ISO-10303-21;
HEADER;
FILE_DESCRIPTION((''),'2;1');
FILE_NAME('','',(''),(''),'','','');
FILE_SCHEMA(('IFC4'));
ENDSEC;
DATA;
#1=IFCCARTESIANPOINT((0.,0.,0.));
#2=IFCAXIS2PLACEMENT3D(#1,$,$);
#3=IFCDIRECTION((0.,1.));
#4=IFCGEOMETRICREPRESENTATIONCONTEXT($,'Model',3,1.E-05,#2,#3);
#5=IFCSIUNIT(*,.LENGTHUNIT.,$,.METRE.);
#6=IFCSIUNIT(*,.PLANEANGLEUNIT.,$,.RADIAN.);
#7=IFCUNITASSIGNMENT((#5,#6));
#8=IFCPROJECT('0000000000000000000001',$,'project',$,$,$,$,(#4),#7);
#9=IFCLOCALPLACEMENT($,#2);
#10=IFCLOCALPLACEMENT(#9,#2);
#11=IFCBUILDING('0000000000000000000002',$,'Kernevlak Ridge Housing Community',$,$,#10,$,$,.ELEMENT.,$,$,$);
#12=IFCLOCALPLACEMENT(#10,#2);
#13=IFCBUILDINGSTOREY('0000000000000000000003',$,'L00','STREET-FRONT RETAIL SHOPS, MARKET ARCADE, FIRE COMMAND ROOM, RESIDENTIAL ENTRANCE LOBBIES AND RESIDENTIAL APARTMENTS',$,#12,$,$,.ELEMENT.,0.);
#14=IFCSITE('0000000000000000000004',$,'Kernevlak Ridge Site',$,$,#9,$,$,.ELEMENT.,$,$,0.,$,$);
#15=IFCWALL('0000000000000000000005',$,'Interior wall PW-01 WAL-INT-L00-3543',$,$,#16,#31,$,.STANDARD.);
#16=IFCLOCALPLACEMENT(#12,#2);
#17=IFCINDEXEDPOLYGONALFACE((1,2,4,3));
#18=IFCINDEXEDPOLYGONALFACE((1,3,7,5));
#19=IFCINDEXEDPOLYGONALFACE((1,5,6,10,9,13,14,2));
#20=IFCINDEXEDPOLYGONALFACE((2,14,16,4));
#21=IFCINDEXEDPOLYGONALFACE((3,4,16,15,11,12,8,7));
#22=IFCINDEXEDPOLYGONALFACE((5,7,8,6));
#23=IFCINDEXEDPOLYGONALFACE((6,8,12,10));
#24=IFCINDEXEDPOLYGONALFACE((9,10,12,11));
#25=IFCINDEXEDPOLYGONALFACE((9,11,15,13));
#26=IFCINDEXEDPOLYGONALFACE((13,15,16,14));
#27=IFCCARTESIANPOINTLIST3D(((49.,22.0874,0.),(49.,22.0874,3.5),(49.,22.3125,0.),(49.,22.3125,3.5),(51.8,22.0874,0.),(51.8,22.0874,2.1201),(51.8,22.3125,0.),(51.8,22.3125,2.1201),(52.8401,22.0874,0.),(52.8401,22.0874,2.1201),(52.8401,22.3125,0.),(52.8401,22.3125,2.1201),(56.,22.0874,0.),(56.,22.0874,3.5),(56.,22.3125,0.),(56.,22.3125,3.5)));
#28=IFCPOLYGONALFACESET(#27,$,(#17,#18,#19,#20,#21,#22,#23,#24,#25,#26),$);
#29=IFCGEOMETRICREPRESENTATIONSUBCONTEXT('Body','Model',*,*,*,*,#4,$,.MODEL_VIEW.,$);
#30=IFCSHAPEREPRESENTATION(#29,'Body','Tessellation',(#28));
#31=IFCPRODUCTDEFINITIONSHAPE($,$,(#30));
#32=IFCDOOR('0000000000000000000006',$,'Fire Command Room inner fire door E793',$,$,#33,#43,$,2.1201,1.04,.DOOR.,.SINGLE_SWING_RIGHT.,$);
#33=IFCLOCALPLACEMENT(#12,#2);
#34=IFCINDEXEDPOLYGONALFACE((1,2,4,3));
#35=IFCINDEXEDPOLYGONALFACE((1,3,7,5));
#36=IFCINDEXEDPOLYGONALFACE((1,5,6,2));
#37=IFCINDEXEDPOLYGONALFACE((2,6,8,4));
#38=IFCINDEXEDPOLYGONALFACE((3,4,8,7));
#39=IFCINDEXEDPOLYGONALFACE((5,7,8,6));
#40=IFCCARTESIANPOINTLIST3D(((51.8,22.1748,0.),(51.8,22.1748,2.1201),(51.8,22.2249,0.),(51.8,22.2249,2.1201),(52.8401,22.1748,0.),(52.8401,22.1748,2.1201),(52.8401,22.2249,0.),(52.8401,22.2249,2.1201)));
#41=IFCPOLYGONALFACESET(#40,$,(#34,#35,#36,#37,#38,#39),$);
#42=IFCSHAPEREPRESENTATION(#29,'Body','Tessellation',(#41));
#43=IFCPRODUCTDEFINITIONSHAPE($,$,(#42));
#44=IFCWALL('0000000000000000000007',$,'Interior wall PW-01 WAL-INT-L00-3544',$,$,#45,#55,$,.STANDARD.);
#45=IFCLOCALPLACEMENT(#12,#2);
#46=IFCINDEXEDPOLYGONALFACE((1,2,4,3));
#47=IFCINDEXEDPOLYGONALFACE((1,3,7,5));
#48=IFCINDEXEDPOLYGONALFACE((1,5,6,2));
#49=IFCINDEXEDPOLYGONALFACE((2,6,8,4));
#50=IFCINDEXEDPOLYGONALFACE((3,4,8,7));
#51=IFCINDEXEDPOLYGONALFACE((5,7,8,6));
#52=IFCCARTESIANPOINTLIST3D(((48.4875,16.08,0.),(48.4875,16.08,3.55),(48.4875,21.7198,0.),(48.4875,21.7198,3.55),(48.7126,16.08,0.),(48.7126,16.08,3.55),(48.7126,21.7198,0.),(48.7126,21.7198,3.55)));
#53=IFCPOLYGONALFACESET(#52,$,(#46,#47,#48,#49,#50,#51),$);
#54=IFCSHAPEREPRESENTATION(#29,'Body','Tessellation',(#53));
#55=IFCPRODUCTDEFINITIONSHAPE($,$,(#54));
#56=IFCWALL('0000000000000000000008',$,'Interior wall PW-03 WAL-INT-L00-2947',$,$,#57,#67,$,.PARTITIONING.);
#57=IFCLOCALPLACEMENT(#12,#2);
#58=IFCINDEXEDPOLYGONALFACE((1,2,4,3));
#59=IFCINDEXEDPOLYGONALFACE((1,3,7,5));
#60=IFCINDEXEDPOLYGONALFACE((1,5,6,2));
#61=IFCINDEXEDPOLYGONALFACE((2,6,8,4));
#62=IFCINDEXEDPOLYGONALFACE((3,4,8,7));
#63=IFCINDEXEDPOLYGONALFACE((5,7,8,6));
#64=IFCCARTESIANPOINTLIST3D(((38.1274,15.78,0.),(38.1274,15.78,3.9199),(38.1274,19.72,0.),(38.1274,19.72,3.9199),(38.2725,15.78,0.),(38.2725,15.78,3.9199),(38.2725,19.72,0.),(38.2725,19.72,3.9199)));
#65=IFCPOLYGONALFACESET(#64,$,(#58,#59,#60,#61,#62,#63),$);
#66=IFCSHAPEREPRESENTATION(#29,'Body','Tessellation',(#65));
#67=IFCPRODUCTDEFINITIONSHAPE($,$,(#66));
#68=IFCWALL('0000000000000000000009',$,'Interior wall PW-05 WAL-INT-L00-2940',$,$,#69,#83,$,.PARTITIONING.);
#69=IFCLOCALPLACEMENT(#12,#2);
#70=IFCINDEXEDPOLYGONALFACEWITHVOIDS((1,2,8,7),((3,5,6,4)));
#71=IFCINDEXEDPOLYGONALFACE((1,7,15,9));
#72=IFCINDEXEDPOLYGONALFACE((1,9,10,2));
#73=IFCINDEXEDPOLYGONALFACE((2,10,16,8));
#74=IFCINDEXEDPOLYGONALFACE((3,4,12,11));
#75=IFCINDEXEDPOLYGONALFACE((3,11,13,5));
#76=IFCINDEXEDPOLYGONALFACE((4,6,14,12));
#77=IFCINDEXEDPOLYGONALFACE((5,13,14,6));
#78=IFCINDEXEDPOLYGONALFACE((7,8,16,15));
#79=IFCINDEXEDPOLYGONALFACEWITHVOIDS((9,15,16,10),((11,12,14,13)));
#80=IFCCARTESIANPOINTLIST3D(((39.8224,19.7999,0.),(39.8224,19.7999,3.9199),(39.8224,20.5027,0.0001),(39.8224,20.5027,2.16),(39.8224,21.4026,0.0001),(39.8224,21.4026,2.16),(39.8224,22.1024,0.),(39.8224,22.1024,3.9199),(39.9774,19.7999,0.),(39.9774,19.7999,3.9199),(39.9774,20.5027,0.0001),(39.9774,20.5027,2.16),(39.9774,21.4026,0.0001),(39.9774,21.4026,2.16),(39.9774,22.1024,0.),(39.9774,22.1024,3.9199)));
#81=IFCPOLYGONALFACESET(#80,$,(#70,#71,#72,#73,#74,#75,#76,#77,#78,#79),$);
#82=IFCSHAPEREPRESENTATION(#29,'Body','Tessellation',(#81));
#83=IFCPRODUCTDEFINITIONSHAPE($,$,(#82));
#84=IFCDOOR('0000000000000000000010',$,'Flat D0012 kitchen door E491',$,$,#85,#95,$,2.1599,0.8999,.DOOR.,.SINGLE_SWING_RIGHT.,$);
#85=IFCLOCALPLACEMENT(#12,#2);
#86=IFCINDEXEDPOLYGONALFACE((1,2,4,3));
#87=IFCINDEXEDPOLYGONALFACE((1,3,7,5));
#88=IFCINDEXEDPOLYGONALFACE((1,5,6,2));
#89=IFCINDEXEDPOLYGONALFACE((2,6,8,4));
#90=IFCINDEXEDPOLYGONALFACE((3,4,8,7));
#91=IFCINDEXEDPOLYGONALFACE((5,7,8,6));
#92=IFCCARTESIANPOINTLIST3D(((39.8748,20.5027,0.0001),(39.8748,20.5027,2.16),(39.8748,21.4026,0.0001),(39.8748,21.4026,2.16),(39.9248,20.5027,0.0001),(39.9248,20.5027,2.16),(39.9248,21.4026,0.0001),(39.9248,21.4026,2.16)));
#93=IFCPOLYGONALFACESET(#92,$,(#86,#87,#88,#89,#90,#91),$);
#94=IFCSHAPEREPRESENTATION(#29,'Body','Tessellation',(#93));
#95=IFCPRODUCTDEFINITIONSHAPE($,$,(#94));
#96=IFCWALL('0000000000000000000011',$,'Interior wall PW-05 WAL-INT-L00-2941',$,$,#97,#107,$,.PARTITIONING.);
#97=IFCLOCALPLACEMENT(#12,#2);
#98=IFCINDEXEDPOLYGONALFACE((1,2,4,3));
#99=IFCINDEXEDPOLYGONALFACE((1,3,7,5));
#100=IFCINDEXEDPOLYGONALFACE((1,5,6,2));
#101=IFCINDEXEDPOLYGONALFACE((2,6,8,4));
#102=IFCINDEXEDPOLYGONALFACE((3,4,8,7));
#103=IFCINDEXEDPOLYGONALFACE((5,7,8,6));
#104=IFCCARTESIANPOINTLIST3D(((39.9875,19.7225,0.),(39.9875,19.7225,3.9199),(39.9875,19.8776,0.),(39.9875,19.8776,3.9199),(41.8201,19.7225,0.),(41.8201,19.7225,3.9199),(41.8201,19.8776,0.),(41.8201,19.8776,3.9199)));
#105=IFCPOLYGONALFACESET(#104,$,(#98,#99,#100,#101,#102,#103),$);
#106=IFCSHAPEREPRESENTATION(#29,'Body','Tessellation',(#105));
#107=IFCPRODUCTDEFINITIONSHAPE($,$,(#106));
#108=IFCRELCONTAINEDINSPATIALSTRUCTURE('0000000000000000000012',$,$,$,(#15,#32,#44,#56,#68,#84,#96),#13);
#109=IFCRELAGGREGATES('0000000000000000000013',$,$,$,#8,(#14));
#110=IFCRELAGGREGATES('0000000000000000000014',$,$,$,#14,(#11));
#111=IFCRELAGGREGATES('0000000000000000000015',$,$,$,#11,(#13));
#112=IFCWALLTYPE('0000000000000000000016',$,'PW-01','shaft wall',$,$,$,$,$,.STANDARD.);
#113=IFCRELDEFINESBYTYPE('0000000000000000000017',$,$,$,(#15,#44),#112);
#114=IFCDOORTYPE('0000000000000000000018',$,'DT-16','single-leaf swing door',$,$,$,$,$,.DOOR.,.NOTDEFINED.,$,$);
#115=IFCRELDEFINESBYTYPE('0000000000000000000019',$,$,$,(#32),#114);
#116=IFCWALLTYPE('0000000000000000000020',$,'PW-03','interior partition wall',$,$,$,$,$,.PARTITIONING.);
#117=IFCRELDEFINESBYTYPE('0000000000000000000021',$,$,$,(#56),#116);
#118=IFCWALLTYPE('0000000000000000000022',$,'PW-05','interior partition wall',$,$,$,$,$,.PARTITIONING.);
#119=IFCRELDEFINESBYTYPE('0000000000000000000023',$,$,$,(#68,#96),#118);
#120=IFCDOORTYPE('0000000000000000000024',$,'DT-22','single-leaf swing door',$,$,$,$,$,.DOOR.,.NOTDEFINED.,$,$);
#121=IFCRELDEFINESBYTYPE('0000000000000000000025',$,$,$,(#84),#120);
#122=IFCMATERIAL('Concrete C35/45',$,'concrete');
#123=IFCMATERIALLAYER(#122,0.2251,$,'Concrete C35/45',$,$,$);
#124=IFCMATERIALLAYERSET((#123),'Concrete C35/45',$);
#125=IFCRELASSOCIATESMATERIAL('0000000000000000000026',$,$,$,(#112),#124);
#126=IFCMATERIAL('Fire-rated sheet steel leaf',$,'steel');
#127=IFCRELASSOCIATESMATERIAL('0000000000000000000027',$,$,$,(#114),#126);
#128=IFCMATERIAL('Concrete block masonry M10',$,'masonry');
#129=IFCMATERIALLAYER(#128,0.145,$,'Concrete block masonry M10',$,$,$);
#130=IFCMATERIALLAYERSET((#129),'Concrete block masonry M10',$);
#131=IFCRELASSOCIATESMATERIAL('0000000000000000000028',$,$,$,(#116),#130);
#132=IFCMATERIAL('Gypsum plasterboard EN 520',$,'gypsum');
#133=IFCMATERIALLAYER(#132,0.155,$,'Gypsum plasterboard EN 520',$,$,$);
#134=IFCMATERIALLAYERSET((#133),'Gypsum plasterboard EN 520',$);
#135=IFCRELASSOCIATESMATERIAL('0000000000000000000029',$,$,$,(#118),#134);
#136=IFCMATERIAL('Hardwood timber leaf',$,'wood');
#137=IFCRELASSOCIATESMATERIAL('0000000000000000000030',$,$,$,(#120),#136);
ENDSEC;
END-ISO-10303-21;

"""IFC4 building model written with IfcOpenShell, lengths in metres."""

from ifc_helpers import new_model, si_unit, direction, frame, frame_2d, origin, place, context, subcontext, project, spatial, rectangle, extrude, material, layer, layer_set, type_object, element, fill, save


model = new_model("IFC4")

# Units and contexts
model_context = context("Model", 3, precision=1e-05, world=origin(), true_north=direction((0.0, 1.0)))
body_context = subcontext(model_context, "Body", "Model", "MODEL_VIEW")
ifc_project = project(units=[si_unit("LENGTHUNIT", "METRE"), si_unit("PLANEANGLEUNIT", "RADIAN")], contexts=[model_context])

# Site, building, storey
site_placement = place(None, origin())
site = spatial("IfcSite", under=ifc_project, at=site_placement, Name="Kernevlak Ridge Site", CompositionType="ELEMENT", RefElevation=0.0)
building_placement = place(site_placement, origin())
building = spatial("IfcBuilding", under=site, at=building_placement, Name="Kernevlak Ridge Housing Community", CompositionType="ELEMENT")
storey_placement = place(building_placement, origin())
storey = spatial("IfcBuildingStorey", under=building, at=storey_placement, Name="L00", Description="STREET-FRONT RETAIL SHOPS, MARKET ARCADE, FIRE COMMAND ROOM, RESIDENTIAL ENTRANCE LOBBIES AND RESIDENTIAL APARTMENTS", CompositionType="ELEMENT", Elevation=0.0)

# Shared definitions
ifc_material_1 = material(Name="Concrete C35/45", Category="concrete")

# Shared definitions
ifc_material_2 = material(Name="Concrete block masonry M10", Category="masonry")

# Wall, opening, door
ifc_layer_1 = layer(ifc_material_1, 0.2251, Name="Concrete C35/45")
ifc_layer_set_1 = layer_set([ifc_layer_1], Name="Concrete C35/45")
wall_type_1 = type_object("IfcWallType", Name="PW-01", Description="shaft wall", PredefinedType="STANDARD", material=ifc_layer_set_1)
wall_1_placement = place(storey_placement, frame((49.0, 22.2, 0.0), z_axis=(0.0, 0.0, 1.0), x_axis=(1.0, 0.0, 0.0)))
wall_1 = element("IfcWall", 1, at=wall_1_placement, inside=storey, type_object=wall_type_1, Name="Interior wall PW-01 WAL-INT-L00-3543", PredefinedType="STANDARD", context=body_context, shape_type="SweptSolid", body=[
    extrude(rectangle(XDim=7.0, YDim=0.2251, at=frame_2d((3.5, 0.0))), origin(), (0.0, 0.0, 1.0), 3.5),
])
opening_1_placement = place(wall_1_placement, frame((2.8, 0.0, 0.0)))
opening_1 = element("IfcOpeningElement", 2, at=opening_1_placement, cuts=wall_1, PredefinedType="OPENING", context=body_context, shape_type="SweptSolid", body=[
    extrude(rectangle(XDim=1.04, YDim=2.1201, at=frame_2d((0.52, 1.0601))), frame((0.0, 0.1226, 0.0), z_axis=(0.0, -1.0, 0.0), x_axis=(1.0, 0.0, 0.0)), (0.0, 0.0, 1.0), 0.2451),
])
ifc_material_3 = material(Name="Fire-rated sheet steel leaf", Category="steel")
door_type_1 = type_object("IfcDoorType", Name="DT-16", Description="single-leaf swing door", OperationType="NOTDEFINED", PredefinedType="DOOR", material=ifc_material_3)
door_1_placement = place(opening_1_placement, origin())
door_1 = element("IfcDoor", 3, at=door_1_placement, inside=storey, type_object=door_type_1, Name="Fire Command Room inner fire door E793", OperationType="SINGLE_SWING_RIGHT", OverallHeight=2.1201, OverallWidth=1.04, PredefinedType="DOOR", context=body_context, shape_type="SweptSolid", body=[
    extrude(rectangle(XDim=1.04, YDim=2.1201, at=frame_2d((0.52, 1.0601))), frame((0.0, 0.0249, 0.0), z_axis=(0.0, -1.0, 0.0), x_axis=(1.0, 0.0, 0.0)), (0.0, 0.0, 1.0), 0.05),
])
fill(opening_1, door_1)

# Walls
wall_2_placement = place(storey_placement, frame((48.6001, 16.0801, 0.0), z_axis=(0.0, 0.0, 1.0), x_axis=(0.0, 1.0, 0.0)))
element("IfcWall", 4, at=wall_2_placement, inside=storey, type_object=wall_type_1, Name="Interior wall PW-01 WAL-INT-L00-3544", PredefinedType="STANDARD", context=body_context, shape_type="SweptSolid", body=[
    extrude(rectangle(XDim=5.6399, YDim=0.2251, at=frame_2d((2.8198, 0.0))), origin(), (0.0, 0.0, 1.0), 3.55),
])
ifc_layer_2 = layer(ifc_material_2, 0.145, Name="Concrete block masonry M10")
ifc_layer_set_2 = layer_set([ifc_layer_2], Name="Concrete block masonry M10")
wall_type_2 = type_object("IfcWallType", Name="PW-03", Description="interior partition wall", PredefinedType="PARTITIONING", material=ifc_layer_set_2)
wall_3_placement = place(storey_placement, frame((38.2, 19.72, 0.0), z_axis=(0.0, 0.0, 1.0), x_axis=(0.0, -1.0, 0.0)))
element("IfcWall", 5, at=wall_3_placement, inside=storey, type_object=wall_type_2, Name="Interior wall PW-03 WAL-INT-L00-2947", PredefinedType="PARTITIONING", context=body_context, shape_type="SweptSolid", body=[
    extrude(rectangle(XDim=3.9399, YDim=0.145, at=frame_2d((1.97, 0.0))), origin(), (0.0, 0.0, 1.0), 3.9199),
])

# Wall, opening, door
ifc_material_4 = material(Name="Gypsum plasterboard EN 520", Category="gypsum")
ifc_layer_3 = layer(ifc_material_4, 0.155, Name="Gypsum plasterboard EN 520")
ifc_layer_set_3 = layer_set([ifc_layer_3], Name="Gypsum plasterboard EN 520")
wall_type_3 = type_object("IfcWallType", Name="PW-05", Description="interior partition wall", PredefinedType="PARTITIONING", material=ifc_layer_set_3)
wall_4_placement = place(storey_placement, frame((39.8999, 22.1025, 0.0), z_axis=(0.0, 0.0, 1.0), x_axis=(0.0, -1.0, 0.0)))
wall_4 = element("IfcWall", 6, at=wall_4_placement, inside=storey, type_object=wall_type_3, Name="Interior wall PW-05 WAL-INT-L00-2940", PredefinedType="PARTITIONING", context=body_context, shape_type="SweptSolid", body=[
    extrude(rectangle(XDim=2.3025, YDim=0.155, at=frame_2d((1.1514, 0.0))), origin(), (0.0, 0.0, 1.0), 3.9199),
])
opening_2_placement = place(wall_4_placement, frame((0.7, 0.0, 0.0)))
opening_2 = element("IfcOpeningElement", 7, at=opening_2_placement, cuts=wall_4, PredefinedType="OPENING", context=body_context, shape_type="SweptSolid", body=[
    extrude(rectangle(XDim=0.8999, YDim=2.1599, at=frame_2d((0.45, 1.0801))), frame((0.0, 0.0874, 0.0), z_axis=(0.0, -1.0, 0.0), x_axis=(1.0, 0.0, 0.0)), (0.0, 0.0, 1.0), 0.175),
])
ifc_material_5 = material(Name="Hardwood timber leaf", Category="wood")
door_type_2 = type_object("IfcDoorType", Name="DT-22", Description="single-leaf swing door", OperationType="NOTDEFINED", PredefinedType="DOOR", material=ifc_material_5)
door_2_placement = place(opening_2_placement, origin())
door_2 = element("IfcDoor", 8, at=door_2_placement, inside=storey, type_object=door_type_2, Name="Flat D0012 kitchen door E491", OperationType="SINGLE_SWING_RIGHT", OverallHeight=2.1599, OverallWidth=0.8999, PredefinedType="DOOR", context=body_context, shape_type="SweptSolid", body=[
    extrude(rectangle(XDim=0.8999, YDim=2.1599, at=frame_2d((0.45, 1.0801))), frame((0.0, 0.0249, 0.0), z_axis=(0.0, -1.0, 0.0), x_axis=(1.0, 0.0, 0.0)), (0.0, 0.0, 1.0), 0.05),
])
fill(opening_2, door_2)

# Wall
wall_5_placement = place(storey_placement, frame((39.9875, 19.8, 0.0), z_axis=(0.0, 0.0, 1.0), x_axis=(1.0, 0.0, 0.0)))
element("IfcWall", 9, at=wall_5_placement, inside=storey, type_object=wall_type_3, Name="Interior wall PW-05 WAL-INT-L00-2941", PredefinedType="PARTITIONING", context=body_context, shape_type="SweptSolid", body=[
    extrude(rectangle(XDim=1.8325, YDim=0.155, at=frame_2d((0.9163, 0.0))), origin(), (0.0, 0.0, 1.0), 3.9199),
])

save(model, "model.ifc")
